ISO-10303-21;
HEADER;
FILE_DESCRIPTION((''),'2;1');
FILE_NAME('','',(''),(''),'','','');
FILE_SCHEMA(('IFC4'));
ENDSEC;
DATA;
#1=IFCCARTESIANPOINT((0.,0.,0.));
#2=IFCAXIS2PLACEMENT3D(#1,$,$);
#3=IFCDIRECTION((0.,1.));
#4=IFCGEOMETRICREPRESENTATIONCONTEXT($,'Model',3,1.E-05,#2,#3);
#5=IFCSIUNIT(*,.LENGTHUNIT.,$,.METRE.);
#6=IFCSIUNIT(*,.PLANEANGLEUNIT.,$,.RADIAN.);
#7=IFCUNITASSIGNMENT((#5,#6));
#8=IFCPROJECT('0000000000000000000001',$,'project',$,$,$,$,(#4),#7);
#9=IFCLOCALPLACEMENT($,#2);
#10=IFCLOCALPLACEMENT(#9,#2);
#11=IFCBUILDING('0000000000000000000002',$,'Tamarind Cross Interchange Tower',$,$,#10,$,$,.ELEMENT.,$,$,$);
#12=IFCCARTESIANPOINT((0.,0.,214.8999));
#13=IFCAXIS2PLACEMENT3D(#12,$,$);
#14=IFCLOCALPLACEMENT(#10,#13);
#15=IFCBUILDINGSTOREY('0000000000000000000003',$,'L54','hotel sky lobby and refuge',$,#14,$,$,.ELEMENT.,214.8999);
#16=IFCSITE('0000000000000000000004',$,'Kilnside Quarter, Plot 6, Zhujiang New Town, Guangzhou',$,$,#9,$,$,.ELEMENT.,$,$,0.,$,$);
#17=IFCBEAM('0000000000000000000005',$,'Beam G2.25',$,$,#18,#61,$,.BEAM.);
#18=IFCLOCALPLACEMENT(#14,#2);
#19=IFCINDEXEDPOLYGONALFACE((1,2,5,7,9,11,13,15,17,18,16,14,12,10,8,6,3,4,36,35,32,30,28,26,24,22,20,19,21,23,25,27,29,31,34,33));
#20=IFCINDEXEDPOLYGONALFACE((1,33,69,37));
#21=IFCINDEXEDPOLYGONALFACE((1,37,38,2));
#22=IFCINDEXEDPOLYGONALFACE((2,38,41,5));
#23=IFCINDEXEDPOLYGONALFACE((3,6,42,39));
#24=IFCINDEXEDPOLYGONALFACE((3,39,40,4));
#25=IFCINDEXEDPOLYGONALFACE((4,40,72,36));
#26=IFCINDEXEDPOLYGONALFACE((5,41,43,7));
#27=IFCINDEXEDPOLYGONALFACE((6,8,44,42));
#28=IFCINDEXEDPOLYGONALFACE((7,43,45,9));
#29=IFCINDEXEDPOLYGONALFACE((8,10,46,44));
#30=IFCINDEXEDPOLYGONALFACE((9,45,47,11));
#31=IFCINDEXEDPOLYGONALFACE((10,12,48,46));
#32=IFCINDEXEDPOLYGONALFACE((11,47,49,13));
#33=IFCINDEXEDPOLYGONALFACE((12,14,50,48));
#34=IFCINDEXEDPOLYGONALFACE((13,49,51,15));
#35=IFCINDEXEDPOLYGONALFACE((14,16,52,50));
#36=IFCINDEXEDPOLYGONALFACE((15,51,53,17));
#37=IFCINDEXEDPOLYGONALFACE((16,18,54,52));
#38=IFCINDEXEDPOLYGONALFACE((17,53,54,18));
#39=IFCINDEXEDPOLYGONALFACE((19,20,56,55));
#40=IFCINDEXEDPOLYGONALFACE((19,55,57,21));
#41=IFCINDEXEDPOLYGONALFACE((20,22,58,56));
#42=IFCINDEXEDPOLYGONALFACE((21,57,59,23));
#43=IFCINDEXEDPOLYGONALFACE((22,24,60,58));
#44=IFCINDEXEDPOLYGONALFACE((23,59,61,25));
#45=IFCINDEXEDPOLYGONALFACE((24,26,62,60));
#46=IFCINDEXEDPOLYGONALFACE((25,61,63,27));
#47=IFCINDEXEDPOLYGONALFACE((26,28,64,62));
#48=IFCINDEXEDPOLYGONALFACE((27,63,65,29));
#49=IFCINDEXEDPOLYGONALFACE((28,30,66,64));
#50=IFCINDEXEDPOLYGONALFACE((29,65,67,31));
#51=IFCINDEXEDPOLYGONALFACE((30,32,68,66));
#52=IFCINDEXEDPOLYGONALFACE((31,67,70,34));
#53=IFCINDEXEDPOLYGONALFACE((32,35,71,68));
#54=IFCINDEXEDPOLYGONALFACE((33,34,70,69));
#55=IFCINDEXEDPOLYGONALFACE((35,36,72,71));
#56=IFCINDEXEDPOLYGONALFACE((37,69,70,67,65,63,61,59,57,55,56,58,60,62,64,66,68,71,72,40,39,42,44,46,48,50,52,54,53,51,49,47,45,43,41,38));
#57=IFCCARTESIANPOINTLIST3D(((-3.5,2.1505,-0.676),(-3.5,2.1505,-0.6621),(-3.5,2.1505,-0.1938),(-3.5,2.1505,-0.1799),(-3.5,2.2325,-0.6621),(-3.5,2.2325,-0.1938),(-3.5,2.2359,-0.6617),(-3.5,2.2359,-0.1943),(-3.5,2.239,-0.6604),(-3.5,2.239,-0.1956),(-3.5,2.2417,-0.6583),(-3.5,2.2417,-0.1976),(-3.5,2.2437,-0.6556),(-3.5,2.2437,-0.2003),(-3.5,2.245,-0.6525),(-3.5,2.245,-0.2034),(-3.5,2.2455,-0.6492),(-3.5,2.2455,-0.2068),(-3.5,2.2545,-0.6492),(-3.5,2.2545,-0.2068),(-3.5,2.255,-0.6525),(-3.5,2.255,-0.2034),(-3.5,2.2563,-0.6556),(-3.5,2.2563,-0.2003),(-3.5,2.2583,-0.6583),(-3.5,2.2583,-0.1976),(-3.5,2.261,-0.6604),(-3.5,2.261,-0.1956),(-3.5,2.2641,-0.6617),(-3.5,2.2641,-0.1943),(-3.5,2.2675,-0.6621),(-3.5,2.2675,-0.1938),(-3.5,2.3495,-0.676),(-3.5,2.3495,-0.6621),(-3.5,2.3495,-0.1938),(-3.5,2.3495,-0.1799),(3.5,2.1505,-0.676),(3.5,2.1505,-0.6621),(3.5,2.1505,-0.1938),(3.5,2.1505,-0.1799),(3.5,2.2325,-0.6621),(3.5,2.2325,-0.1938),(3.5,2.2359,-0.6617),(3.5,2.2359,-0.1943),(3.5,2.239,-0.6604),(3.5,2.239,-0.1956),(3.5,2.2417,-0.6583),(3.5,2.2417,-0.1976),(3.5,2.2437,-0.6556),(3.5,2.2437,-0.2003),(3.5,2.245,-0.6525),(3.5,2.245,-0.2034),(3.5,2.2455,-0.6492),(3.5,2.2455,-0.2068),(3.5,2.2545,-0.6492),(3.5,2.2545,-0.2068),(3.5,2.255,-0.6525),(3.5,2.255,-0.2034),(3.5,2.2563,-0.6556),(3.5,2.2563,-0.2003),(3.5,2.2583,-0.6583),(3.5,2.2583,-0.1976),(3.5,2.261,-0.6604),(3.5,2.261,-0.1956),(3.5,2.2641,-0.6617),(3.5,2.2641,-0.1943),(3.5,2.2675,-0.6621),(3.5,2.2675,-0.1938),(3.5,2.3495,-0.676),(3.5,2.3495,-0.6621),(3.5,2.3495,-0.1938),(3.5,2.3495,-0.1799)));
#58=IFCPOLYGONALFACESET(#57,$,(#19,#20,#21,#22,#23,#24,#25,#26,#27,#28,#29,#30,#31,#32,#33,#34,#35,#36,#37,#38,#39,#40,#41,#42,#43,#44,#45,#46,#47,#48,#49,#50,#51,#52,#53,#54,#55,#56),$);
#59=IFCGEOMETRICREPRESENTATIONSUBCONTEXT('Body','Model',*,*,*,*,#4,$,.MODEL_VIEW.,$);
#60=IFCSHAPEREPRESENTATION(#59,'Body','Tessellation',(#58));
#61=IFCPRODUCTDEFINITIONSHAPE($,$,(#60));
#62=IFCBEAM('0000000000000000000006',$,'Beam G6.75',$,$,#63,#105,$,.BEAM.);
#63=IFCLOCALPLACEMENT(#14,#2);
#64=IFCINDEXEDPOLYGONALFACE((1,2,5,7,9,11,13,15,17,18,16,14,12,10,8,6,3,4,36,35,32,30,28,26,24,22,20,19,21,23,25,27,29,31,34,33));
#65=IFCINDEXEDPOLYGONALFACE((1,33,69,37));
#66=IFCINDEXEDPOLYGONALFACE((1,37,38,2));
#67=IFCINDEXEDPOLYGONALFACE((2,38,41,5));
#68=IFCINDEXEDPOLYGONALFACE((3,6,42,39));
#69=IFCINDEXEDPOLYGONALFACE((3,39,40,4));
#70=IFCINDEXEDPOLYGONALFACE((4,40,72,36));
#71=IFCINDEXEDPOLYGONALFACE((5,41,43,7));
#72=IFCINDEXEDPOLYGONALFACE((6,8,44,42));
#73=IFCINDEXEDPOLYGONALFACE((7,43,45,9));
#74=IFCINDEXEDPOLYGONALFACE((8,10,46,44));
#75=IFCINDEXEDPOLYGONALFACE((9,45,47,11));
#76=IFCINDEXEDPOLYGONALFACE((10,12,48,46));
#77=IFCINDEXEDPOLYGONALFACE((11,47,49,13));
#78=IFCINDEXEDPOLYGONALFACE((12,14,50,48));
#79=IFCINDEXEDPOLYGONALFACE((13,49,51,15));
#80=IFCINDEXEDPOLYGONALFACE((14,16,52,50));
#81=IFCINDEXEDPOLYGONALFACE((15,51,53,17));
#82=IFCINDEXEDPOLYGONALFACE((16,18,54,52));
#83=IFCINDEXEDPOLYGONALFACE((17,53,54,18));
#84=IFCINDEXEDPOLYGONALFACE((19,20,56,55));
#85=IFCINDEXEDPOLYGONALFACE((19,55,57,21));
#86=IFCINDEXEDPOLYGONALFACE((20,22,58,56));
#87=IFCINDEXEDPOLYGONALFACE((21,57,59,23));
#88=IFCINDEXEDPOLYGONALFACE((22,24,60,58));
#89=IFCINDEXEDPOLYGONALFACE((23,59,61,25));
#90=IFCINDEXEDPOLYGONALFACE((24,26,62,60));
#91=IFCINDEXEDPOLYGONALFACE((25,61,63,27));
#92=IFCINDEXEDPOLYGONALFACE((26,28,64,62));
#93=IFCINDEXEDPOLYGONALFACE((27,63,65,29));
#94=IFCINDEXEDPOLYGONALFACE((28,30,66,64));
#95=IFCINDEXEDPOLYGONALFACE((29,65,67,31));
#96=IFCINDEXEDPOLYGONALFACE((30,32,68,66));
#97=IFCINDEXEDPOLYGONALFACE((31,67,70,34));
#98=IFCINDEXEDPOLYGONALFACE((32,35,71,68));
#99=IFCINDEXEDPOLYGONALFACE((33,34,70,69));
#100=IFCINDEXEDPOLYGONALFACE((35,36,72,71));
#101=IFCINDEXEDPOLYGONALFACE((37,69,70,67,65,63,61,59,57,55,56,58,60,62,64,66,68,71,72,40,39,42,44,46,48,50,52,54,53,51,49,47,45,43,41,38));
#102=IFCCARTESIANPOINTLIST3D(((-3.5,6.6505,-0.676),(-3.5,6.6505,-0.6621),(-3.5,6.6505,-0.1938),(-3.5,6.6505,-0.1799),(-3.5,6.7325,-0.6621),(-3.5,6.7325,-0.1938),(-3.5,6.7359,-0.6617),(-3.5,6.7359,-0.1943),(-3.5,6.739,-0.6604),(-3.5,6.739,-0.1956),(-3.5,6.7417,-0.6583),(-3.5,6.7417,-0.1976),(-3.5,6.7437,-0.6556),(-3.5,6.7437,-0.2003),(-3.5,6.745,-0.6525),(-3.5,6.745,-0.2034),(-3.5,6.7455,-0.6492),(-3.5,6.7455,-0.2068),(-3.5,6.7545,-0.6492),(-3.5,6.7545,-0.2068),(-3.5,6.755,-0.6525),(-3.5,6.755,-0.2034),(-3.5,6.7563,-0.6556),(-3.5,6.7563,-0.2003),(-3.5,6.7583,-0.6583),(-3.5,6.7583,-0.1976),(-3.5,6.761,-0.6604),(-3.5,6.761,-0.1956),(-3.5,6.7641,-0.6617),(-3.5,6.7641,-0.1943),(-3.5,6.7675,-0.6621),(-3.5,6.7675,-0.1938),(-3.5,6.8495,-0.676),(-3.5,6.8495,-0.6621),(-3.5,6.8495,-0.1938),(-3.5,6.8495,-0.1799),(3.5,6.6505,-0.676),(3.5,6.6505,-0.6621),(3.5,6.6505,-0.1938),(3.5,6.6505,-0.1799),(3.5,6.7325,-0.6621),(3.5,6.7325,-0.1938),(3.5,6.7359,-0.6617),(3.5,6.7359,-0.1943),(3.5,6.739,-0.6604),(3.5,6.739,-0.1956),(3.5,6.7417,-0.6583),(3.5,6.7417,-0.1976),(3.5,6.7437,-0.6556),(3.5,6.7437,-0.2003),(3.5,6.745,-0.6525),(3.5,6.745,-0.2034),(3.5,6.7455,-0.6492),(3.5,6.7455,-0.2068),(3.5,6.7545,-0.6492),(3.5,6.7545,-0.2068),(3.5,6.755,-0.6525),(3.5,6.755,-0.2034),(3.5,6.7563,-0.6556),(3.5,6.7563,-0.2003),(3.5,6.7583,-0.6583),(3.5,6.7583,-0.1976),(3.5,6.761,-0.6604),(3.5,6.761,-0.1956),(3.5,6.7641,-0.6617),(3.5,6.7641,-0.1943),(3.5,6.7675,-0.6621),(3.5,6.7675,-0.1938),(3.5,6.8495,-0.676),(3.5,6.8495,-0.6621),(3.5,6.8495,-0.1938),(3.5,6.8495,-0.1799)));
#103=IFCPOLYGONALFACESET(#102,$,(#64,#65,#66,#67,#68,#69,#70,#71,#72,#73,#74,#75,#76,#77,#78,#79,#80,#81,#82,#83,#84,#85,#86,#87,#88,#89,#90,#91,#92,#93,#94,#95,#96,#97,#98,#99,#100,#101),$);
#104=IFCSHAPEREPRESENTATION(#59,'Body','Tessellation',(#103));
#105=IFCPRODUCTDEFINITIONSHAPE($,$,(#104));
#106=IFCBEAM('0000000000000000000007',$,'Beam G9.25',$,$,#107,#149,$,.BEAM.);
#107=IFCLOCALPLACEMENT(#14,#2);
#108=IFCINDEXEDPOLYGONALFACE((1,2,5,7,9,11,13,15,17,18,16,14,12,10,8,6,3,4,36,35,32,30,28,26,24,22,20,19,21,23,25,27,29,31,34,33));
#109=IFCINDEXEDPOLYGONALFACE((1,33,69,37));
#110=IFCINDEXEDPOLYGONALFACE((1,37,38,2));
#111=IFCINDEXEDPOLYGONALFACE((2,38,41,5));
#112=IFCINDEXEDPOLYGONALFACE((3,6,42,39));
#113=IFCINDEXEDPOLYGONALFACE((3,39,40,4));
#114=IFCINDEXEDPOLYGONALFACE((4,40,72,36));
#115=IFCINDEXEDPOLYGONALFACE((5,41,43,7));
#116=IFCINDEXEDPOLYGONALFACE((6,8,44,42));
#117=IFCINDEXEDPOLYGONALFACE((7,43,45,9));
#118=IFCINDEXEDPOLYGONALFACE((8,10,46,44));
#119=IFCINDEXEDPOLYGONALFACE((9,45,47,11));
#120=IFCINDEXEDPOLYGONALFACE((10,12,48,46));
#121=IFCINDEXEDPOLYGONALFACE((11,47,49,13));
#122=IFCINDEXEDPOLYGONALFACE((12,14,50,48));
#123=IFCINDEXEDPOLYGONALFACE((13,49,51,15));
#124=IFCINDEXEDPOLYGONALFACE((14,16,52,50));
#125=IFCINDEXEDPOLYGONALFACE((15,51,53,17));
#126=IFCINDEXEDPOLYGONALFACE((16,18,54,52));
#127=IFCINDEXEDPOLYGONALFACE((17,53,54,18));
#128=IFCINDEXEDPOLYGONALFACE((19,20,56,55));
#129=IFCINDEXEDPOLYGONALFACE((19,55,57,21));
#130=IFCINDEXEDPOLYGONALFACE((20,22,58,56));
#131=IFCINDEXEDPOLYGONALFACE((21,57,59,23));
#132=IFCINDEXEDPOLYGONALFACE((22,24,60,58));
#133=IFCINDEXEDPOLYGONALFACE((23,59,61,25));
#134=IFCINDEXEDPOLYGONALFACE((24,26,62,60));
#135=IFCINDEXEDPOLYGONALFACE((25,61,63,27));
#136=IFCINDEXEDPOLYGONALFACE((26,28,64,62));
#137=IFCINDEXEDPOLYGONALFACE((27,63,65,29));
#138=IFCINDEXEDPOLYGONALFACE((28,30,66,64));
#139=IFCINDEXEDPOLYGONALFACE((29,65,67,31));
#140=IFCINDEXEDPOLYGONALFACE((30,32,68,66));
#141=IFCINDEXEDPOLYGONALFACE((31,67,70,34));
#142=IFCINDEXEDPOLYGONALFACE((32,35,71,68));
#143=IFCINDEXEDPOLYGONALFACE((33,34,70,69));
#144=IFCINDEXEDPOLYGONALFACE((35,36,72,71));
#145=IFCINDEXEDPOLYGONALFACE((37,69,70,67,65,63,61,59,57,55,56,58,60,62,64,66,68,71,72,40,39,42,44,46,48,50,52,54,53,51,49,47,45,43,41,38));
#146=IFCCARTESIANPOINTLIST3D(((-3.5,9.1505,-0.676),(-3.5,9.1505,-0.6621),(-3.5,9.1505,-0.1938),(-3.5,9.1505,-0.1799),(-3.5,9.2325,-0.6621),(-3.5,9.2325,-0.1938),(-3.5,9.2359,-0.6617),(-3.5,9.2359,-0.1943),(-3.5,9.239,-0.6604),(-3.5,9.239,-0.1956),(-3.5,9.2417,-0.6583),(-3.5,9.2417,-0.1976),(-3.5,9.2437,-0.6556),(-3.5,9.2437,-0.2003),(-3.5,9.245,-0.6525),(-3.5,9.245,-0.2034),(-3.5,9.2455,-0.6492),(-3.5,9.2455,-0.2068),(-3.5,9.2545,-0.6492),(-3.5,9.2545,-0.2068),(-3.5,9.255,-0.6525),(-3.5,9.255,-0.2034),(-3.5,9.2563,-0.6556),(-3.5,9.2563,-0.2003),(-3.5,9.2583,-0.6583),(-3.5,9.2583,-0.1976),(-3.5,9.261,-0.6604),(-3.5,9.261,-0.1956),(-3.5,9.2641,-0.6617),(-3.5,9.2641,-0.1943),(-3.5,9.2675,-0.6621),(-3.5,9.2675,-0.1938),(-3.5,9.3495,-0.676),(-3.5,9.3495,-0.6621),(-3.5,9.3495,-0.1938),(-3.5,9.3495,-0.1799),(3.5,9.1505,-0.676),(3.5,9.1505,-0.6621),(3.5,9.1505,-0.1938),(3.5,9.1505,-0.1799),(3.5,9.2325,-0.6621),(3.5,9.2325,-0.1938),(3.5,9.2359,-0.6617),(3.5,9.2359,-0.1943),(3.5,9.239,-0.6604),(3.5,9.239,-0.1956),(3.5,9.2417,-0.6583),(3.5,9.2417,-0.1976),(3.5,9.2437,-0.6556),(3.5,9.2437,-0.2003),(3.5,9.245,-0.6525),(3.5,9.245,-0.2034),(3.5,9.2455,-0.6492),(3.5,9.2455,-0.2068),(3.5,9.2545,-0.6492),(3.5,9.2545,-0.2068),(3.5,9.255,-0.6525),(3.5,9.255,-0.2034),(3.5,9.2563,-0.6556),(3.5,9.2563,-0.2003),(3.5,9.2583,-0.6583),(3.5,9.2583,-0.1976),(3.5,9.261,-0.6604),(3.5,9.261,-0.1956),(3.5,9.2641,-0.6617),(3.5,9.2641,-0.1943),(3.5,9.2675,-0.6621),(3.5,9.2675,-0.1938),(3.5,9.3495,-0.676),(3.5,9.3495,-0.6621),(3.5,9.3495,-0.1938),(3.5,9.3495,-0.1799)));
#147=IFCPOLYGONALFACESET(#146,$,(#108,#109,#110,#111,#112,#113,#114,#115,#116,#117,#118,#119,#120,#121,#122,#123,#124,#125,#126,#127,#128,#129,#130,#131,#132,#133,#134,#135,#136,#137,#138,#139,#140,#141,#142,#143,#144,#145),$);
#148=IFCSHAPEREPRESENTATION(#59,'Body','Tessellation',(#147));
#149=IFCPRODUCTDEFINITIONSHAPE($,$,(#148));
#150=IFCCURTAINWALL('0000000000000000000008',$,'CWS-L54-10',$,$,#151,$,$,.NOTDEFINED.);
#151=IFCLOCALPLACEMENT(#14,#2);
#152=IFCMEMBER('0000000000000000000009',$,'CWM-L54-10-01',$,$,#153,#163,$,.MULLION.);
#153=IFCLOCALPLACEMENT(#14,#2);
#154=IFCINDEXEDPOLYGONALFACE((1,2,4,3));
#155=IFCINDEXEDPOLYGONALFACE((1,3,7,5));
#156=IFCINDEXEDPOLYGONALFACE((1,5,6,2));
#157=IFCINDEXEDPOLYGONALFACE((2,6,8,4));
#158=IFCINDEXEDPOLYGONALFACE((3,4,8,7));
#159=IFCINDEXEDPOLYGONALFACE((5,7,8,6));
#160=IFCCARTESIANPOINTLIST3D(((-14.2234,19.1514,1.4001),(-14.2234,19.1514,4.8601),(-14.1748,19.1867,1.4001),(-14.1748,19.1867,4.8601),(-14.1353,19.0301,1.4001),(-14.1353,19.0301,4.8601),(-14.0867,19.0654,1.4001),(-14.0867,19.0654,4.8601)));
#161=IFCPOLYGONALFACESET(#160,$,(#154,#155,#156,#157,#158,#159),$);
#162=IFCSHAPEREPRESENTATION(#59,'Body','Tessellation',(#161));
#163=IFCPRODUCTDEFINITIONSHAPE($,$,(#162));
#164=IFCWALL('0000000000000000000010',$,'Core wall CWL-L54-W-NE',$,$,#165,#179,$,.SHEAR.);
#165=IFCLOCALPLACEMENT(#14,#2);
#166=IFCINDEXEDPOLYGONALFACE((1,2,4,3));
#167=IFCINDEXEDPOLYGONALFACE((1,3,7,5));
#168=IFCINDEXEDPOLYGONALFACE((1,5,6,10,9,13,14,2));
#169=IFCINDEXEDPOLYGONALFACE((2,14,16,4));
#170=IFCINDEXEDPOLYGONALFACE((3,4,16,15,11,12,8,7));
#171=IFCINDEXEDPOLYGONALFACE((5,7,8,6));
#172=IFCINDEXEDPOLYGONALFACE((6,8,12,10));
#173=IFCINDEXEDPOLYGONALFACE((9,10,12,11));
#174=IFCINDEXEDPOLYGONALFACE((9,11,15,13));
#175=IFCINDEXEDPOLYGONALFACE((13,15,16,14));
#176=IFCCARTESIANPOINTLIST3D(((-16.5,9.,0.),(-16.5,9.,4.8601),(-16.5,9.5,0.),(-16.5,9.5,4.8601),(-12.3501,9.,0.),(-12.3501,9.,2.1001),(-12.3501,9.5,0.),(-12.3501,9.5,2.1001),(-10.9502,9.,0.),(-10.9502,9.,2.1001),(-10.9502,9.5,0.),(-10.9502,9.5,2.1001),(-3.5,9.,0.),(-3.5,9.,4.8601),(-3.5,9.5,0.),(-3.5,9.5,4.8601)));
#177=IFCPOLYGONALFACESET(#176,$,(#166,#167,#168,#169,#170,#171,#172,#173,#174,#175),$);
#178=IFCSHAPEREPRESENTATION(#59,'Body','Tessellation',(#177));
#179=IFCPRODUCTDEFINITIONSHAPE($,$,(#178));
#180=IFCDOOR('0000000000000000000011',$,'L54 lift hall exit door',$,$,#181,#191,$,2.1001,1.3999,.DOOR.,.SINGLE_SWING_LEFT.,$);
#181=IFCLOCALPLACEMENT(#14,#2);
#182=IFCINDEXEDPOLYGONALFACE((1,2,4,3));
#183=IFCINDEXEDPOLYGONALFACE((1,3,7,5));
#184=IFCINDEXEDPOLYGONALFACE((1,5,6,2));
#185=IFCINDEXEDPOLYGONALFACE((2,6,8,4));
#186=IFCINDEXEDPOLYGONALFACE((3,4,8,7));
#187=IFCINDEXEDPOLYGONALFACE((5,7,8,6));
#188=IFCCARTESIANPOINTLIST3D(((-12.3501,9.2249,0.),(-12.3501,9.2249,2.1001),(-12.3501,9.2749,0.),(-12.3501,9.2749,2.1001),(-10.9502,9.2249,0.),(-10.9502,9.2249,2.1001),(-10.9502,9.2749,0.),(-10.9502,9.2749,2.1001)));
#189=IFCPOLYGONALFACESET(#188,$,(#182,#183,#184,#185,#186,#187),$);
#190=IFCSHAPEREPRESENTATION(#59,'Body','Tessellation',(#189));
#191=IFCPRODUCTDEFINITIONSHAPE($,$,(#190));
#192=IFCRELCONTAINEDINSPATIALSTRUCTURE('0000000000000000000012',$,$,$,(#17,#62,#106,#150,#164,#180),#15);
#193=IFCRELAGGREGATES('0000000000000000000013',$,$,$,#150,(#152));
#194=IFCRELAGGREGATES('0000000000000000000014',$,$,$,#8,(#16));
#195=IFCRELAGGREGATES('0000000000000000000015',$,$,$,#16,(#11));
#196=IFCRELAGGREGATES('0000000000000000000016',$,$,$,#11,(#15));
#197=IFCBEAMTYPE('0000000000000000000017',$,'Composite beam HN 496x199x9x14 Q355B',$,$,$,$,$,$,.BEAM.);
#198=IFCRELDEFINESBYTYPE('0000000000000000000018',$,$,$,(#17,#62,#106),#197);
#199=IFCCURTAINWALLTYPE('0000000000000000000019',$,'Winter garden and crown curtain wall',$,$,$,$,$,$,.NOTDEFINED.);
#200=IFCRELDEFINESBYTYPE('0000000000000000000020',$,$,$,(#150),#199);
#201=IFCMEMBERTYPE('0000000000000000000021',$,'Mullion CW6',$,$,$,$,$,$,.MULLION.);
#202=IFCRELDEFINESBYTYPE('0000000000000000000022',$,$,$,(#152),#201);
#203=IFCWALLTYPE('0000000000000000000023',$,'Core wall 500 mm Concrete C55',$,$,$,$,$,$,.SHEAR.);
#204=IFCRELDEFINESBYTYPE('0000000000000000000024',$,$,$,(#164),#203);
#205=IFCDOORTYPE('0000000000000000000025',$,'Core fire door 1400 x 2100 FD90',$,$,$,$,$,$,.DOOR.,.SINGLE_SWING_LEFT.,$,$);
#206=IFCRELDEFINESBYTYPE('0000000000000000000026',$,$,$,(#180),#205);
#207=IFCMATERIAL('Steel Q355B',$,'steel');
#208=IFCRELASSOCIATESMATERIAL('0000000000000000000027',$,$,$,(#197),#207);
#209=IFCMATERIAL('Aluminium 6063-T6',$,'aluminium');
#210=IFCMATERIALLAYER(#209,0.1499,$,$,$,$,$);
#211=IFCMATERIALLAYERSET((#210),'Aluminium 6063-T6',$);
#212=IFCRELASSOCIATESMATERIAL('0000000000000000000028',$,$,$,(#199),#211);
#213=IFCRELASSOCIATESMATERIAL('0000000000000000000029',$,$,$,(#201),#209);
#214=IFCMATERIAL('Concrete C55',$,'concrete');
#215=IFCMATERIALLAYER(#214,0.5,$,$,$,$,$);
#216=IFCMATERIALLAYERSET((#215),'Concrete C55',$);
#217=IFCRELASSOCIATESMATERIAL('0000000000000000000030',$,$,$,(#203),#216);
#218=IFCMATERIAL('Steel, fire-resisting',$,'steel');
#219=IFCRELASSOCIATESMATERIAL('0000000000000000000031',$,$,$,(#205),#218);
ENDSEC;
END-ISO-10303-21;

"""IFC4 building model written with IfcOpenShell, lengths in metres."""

from ifc_helpers import new_model, si_unit, direction, frame, frame_2d, origin, origin_2d, place, context, subcontext, project, spatial, rectangle, i_section, extrude, material, layer, layer_set, material_profile, profile_set, type_object, element, fill, aggregate, save


model = new_model("IFC4")

# Units and contexts
model_context = context("Model", 3, precision=1e-05, world=origin(), true_north=direction((0.0, 1.0)))
body_context = subcontext(model_context, "Body", "Model", "MODEL_VIEW")
ifc_project = project(units=[si_unit("LENGTHUNIT", "METRE"), si_unit("PLANEANGLEUNIT", "RADIAN")], contexts=[model_context])

# Site, building, storey
site_placement = place(None, origin())
site = spatial("IfcSite", under=ifc_project, at=site_placement, Name="Kilnside Quarter, Plot 6, Zhujiang New Town, Guangzhou", CompositionType="ELEMENT", RefElevation=0.0)
building_placement = place(site_placement, origin())
building = spatial("IfcBuilding", under=site, at=building_placement, Name="Tamarind Cross Interchange Tower", CompositionType="ELEMENT")
storey_placement = place(building_placement, frame((0.0, 0.0, 214.8999)))
storey = spatial("IfcBuildingStorey", under=building, at=storey_placement, Name="L54", Description="hotel sky lobby and refuge", CompositionType="ELEMENT", Elevation=214.8999)

# Shared definitions
ifc_material_1 = material(Name="Concrete C55", Category="concrete")

# Beams
ifc_material_2 = material(Name="Steel Q355B", Category="steel")
ifc_material_profile_1 = material_profile(ifc_material_2, i_section(OverallWidth=0.199, OverallDepth=0.4961, WebThickness=0.009, FlangeThickness=0.0139, FilletRadius=0.0129, at=origin_2d()), Name="HN 496x199x9x14")
ifc_profile_set_1 = profile_set([ifc_material_profile_1], Name="Steel Q355B")
beam_type_1 = type_object("IfcBeamType", Name="Composite beam HN 496x199x9x14 Q355B", PredefinedType="BEAM", material=ifc_profile_set_1)
for number, where, z_axis, x_axis, name in (
    (1, (-3.5, 2.25, -0.428), (1.0, 0.0, 0.0), (0.0, 1.0, 0.0), "Beam G2.25"),
    (2, (-3.5, 6.75, -0.428), (1.0, 0.0, 0.0), (0.0, 1.0, 0.0), "Beam G6.75"),
    (3, (-3.5, 9.25, -0.428), (1.0, 0.0, 0.0), (0.0, 1.0, 0.0), "Beam G9.25"),
):
    element("IfcBeam", number, at=place(storey_placement, frame(where, z_axis=z_axis, x_axis=x_axis)), inside=storey, type_object=beam_type_1, Name=name, PredefinedType="BEAM", context=body_context, shape_type="SweptSolid", body=[
        extrude(i_section(OverallWidth=0.199, OverallDepth=0.4961, WebThickness=0.009, FlangeThickness=0.0139, FilletRadius=0.0129, at=origin_2d()), origin(), (0.0, 0.0, 1.0), 7.0),
    ])

# Curtain wall, member
ifc_material_3 = material(Name="Aluminium 6063-T6", Category="aluminium")
ifc_layer_1 = layer(ifc_material_3, 0.1499)
ifc_layer_set_1 = layer_set([ifc_layer_1], Name="Aluminium 6063-T6")
curtain_wall_type = type_object("IfcCurtainWallType", Name="Winter garden and crown curtain wall", PredefinedType="NOTDEFINED", material=ifc_layer_set_1)
curtain_wall_placement = place(storey_placement, origin())
curtain_wall = element("IfcCurtainWall", 4, at=curtain_wall_placement, inside=storey, type_object=curtain_wall_type, Name="CWS-L54-10", PredefinedType="NOTDEFINED")
ifc_material_profile_2 = material_profile(ifc_material_3, rectangle(XDim=0.0601, YDim=0.1499, at=origin_2d()), Name="Mullion CW6")
ifc_profile_set_2 = profile_set([ifc_material_profile_2], Name="Aluminium 6063-T6")
member_type = type_object("IfcMemberType", Name="Mullion CW6", PredefinedType="MULLION", material=ifc_profile_set_2)
member_placement = place(storey_placement, frame((-14.155, 19.1084, 1.4001), z_axis=(0.0, 0.0, 1.0), x_axis=(-0.808974, -0.587844, 0.0)))
member = element("IfcMember", 5, at=member_placement, type_object=member_type, Name="CWM-L54-10-01", PredefinedType="MULLION", context=body_context, shape_type="SweptSolid", body=[
    extrude(rectangle(XDim=0.0601, YDim=0.1499, at=origin_2d()), origin(), (0.0, 0.0, 1.0), 3.46),
])
aggregate(curtain_wall, [member])

# Wall, opening, door
ifc_layer_2 = layer(ifc_material_1, 0.5)
ifc_layer_set_2 = layer_set([ifc_layer_2], Name="Concrete C55")
wall_type_1 = type_object("IfcWallType", Name="Core wall 500 mm Concrete C55", PredefinedType="SHEAR", material=ifc_layer_set_2)
wall_1_placement = place(storey_placement, frame((-16.5, 9.25, 0.0), z_axis=(0.0, 0.0, 1.0), x_axis=(1.0, 0.0, 0.0)))
wall_1 = element("IfcWall", 6, at=wall_1_placement, inside=storey, type_object=wall_type_1, Name="Core wall CWL-L54-W-NE", PredefinedType="SHEAR", context=body_context, shape_type="SweptSolid", body=[
    extrude(rectangle(XDim=13.0, YDim=0.5, at=frame_2d((6.5, 0.0))), origin(), (0.0, 0.0, 1.0), 4.8601),
])
opening_1_placement = place(wall_1_placement, frame((4.1499, 0.0, 0.0)))
opening_1 = element("IfcOpeningElement", 7, at=opening_1_placement, cuts=wall_1, PredefinedType="OPENING", context=body_context, shape_type="SweptSolid", body=[
    extrude(rectangle(XDim=1.3999, YDim=2.1001, at=frame_2d((0.7, 1.05))), frame((0.0, 0.26, 0.0), z_axis=(0.0, -1.0, 0.0), x_axis=(1.0, 0.0, 0.0)), (0.0, 0.0, 1.0), 0.52),
])
ifc_material_4 = material(Name="Steel, fire-resisting", Category="steel")
door_type_1 = type_object("IfcDoorType", Name="Core fire door 1400 x 2100 FD90", OperationType="SINGLE_SWING_LEFT", PredefinedType="DOOR", material=ifc_material_4)
door_1_placement = place(opening_1_placement, origin())
door_1 = element("IfcDoor", 8, at=door_1_placement, inside=storey, type_object=door_type_1, Name="L54 lift hall exit door", OperationType="SINGLE_SWING_LEFT", OverallHeight=2.1001, OverallWidth=1.3999, PredefinedType="DOOR", context=body_context, shape_type="SweptSolid", body=[
    extrude(rectangle(XDim=1.3999, YDim=2.1001, at=frame_2d((0.7, 1.05))), frame((0.0, 0.0249, 0.0), z_axis=(0.0, -1.0, 0.0), x_axis=(1.0, 0.0, 0.0)), (0.0, 0.0, 1.0), 0.05),
])
fill(opening_1, door_1)

save(model, "model.ifc")
